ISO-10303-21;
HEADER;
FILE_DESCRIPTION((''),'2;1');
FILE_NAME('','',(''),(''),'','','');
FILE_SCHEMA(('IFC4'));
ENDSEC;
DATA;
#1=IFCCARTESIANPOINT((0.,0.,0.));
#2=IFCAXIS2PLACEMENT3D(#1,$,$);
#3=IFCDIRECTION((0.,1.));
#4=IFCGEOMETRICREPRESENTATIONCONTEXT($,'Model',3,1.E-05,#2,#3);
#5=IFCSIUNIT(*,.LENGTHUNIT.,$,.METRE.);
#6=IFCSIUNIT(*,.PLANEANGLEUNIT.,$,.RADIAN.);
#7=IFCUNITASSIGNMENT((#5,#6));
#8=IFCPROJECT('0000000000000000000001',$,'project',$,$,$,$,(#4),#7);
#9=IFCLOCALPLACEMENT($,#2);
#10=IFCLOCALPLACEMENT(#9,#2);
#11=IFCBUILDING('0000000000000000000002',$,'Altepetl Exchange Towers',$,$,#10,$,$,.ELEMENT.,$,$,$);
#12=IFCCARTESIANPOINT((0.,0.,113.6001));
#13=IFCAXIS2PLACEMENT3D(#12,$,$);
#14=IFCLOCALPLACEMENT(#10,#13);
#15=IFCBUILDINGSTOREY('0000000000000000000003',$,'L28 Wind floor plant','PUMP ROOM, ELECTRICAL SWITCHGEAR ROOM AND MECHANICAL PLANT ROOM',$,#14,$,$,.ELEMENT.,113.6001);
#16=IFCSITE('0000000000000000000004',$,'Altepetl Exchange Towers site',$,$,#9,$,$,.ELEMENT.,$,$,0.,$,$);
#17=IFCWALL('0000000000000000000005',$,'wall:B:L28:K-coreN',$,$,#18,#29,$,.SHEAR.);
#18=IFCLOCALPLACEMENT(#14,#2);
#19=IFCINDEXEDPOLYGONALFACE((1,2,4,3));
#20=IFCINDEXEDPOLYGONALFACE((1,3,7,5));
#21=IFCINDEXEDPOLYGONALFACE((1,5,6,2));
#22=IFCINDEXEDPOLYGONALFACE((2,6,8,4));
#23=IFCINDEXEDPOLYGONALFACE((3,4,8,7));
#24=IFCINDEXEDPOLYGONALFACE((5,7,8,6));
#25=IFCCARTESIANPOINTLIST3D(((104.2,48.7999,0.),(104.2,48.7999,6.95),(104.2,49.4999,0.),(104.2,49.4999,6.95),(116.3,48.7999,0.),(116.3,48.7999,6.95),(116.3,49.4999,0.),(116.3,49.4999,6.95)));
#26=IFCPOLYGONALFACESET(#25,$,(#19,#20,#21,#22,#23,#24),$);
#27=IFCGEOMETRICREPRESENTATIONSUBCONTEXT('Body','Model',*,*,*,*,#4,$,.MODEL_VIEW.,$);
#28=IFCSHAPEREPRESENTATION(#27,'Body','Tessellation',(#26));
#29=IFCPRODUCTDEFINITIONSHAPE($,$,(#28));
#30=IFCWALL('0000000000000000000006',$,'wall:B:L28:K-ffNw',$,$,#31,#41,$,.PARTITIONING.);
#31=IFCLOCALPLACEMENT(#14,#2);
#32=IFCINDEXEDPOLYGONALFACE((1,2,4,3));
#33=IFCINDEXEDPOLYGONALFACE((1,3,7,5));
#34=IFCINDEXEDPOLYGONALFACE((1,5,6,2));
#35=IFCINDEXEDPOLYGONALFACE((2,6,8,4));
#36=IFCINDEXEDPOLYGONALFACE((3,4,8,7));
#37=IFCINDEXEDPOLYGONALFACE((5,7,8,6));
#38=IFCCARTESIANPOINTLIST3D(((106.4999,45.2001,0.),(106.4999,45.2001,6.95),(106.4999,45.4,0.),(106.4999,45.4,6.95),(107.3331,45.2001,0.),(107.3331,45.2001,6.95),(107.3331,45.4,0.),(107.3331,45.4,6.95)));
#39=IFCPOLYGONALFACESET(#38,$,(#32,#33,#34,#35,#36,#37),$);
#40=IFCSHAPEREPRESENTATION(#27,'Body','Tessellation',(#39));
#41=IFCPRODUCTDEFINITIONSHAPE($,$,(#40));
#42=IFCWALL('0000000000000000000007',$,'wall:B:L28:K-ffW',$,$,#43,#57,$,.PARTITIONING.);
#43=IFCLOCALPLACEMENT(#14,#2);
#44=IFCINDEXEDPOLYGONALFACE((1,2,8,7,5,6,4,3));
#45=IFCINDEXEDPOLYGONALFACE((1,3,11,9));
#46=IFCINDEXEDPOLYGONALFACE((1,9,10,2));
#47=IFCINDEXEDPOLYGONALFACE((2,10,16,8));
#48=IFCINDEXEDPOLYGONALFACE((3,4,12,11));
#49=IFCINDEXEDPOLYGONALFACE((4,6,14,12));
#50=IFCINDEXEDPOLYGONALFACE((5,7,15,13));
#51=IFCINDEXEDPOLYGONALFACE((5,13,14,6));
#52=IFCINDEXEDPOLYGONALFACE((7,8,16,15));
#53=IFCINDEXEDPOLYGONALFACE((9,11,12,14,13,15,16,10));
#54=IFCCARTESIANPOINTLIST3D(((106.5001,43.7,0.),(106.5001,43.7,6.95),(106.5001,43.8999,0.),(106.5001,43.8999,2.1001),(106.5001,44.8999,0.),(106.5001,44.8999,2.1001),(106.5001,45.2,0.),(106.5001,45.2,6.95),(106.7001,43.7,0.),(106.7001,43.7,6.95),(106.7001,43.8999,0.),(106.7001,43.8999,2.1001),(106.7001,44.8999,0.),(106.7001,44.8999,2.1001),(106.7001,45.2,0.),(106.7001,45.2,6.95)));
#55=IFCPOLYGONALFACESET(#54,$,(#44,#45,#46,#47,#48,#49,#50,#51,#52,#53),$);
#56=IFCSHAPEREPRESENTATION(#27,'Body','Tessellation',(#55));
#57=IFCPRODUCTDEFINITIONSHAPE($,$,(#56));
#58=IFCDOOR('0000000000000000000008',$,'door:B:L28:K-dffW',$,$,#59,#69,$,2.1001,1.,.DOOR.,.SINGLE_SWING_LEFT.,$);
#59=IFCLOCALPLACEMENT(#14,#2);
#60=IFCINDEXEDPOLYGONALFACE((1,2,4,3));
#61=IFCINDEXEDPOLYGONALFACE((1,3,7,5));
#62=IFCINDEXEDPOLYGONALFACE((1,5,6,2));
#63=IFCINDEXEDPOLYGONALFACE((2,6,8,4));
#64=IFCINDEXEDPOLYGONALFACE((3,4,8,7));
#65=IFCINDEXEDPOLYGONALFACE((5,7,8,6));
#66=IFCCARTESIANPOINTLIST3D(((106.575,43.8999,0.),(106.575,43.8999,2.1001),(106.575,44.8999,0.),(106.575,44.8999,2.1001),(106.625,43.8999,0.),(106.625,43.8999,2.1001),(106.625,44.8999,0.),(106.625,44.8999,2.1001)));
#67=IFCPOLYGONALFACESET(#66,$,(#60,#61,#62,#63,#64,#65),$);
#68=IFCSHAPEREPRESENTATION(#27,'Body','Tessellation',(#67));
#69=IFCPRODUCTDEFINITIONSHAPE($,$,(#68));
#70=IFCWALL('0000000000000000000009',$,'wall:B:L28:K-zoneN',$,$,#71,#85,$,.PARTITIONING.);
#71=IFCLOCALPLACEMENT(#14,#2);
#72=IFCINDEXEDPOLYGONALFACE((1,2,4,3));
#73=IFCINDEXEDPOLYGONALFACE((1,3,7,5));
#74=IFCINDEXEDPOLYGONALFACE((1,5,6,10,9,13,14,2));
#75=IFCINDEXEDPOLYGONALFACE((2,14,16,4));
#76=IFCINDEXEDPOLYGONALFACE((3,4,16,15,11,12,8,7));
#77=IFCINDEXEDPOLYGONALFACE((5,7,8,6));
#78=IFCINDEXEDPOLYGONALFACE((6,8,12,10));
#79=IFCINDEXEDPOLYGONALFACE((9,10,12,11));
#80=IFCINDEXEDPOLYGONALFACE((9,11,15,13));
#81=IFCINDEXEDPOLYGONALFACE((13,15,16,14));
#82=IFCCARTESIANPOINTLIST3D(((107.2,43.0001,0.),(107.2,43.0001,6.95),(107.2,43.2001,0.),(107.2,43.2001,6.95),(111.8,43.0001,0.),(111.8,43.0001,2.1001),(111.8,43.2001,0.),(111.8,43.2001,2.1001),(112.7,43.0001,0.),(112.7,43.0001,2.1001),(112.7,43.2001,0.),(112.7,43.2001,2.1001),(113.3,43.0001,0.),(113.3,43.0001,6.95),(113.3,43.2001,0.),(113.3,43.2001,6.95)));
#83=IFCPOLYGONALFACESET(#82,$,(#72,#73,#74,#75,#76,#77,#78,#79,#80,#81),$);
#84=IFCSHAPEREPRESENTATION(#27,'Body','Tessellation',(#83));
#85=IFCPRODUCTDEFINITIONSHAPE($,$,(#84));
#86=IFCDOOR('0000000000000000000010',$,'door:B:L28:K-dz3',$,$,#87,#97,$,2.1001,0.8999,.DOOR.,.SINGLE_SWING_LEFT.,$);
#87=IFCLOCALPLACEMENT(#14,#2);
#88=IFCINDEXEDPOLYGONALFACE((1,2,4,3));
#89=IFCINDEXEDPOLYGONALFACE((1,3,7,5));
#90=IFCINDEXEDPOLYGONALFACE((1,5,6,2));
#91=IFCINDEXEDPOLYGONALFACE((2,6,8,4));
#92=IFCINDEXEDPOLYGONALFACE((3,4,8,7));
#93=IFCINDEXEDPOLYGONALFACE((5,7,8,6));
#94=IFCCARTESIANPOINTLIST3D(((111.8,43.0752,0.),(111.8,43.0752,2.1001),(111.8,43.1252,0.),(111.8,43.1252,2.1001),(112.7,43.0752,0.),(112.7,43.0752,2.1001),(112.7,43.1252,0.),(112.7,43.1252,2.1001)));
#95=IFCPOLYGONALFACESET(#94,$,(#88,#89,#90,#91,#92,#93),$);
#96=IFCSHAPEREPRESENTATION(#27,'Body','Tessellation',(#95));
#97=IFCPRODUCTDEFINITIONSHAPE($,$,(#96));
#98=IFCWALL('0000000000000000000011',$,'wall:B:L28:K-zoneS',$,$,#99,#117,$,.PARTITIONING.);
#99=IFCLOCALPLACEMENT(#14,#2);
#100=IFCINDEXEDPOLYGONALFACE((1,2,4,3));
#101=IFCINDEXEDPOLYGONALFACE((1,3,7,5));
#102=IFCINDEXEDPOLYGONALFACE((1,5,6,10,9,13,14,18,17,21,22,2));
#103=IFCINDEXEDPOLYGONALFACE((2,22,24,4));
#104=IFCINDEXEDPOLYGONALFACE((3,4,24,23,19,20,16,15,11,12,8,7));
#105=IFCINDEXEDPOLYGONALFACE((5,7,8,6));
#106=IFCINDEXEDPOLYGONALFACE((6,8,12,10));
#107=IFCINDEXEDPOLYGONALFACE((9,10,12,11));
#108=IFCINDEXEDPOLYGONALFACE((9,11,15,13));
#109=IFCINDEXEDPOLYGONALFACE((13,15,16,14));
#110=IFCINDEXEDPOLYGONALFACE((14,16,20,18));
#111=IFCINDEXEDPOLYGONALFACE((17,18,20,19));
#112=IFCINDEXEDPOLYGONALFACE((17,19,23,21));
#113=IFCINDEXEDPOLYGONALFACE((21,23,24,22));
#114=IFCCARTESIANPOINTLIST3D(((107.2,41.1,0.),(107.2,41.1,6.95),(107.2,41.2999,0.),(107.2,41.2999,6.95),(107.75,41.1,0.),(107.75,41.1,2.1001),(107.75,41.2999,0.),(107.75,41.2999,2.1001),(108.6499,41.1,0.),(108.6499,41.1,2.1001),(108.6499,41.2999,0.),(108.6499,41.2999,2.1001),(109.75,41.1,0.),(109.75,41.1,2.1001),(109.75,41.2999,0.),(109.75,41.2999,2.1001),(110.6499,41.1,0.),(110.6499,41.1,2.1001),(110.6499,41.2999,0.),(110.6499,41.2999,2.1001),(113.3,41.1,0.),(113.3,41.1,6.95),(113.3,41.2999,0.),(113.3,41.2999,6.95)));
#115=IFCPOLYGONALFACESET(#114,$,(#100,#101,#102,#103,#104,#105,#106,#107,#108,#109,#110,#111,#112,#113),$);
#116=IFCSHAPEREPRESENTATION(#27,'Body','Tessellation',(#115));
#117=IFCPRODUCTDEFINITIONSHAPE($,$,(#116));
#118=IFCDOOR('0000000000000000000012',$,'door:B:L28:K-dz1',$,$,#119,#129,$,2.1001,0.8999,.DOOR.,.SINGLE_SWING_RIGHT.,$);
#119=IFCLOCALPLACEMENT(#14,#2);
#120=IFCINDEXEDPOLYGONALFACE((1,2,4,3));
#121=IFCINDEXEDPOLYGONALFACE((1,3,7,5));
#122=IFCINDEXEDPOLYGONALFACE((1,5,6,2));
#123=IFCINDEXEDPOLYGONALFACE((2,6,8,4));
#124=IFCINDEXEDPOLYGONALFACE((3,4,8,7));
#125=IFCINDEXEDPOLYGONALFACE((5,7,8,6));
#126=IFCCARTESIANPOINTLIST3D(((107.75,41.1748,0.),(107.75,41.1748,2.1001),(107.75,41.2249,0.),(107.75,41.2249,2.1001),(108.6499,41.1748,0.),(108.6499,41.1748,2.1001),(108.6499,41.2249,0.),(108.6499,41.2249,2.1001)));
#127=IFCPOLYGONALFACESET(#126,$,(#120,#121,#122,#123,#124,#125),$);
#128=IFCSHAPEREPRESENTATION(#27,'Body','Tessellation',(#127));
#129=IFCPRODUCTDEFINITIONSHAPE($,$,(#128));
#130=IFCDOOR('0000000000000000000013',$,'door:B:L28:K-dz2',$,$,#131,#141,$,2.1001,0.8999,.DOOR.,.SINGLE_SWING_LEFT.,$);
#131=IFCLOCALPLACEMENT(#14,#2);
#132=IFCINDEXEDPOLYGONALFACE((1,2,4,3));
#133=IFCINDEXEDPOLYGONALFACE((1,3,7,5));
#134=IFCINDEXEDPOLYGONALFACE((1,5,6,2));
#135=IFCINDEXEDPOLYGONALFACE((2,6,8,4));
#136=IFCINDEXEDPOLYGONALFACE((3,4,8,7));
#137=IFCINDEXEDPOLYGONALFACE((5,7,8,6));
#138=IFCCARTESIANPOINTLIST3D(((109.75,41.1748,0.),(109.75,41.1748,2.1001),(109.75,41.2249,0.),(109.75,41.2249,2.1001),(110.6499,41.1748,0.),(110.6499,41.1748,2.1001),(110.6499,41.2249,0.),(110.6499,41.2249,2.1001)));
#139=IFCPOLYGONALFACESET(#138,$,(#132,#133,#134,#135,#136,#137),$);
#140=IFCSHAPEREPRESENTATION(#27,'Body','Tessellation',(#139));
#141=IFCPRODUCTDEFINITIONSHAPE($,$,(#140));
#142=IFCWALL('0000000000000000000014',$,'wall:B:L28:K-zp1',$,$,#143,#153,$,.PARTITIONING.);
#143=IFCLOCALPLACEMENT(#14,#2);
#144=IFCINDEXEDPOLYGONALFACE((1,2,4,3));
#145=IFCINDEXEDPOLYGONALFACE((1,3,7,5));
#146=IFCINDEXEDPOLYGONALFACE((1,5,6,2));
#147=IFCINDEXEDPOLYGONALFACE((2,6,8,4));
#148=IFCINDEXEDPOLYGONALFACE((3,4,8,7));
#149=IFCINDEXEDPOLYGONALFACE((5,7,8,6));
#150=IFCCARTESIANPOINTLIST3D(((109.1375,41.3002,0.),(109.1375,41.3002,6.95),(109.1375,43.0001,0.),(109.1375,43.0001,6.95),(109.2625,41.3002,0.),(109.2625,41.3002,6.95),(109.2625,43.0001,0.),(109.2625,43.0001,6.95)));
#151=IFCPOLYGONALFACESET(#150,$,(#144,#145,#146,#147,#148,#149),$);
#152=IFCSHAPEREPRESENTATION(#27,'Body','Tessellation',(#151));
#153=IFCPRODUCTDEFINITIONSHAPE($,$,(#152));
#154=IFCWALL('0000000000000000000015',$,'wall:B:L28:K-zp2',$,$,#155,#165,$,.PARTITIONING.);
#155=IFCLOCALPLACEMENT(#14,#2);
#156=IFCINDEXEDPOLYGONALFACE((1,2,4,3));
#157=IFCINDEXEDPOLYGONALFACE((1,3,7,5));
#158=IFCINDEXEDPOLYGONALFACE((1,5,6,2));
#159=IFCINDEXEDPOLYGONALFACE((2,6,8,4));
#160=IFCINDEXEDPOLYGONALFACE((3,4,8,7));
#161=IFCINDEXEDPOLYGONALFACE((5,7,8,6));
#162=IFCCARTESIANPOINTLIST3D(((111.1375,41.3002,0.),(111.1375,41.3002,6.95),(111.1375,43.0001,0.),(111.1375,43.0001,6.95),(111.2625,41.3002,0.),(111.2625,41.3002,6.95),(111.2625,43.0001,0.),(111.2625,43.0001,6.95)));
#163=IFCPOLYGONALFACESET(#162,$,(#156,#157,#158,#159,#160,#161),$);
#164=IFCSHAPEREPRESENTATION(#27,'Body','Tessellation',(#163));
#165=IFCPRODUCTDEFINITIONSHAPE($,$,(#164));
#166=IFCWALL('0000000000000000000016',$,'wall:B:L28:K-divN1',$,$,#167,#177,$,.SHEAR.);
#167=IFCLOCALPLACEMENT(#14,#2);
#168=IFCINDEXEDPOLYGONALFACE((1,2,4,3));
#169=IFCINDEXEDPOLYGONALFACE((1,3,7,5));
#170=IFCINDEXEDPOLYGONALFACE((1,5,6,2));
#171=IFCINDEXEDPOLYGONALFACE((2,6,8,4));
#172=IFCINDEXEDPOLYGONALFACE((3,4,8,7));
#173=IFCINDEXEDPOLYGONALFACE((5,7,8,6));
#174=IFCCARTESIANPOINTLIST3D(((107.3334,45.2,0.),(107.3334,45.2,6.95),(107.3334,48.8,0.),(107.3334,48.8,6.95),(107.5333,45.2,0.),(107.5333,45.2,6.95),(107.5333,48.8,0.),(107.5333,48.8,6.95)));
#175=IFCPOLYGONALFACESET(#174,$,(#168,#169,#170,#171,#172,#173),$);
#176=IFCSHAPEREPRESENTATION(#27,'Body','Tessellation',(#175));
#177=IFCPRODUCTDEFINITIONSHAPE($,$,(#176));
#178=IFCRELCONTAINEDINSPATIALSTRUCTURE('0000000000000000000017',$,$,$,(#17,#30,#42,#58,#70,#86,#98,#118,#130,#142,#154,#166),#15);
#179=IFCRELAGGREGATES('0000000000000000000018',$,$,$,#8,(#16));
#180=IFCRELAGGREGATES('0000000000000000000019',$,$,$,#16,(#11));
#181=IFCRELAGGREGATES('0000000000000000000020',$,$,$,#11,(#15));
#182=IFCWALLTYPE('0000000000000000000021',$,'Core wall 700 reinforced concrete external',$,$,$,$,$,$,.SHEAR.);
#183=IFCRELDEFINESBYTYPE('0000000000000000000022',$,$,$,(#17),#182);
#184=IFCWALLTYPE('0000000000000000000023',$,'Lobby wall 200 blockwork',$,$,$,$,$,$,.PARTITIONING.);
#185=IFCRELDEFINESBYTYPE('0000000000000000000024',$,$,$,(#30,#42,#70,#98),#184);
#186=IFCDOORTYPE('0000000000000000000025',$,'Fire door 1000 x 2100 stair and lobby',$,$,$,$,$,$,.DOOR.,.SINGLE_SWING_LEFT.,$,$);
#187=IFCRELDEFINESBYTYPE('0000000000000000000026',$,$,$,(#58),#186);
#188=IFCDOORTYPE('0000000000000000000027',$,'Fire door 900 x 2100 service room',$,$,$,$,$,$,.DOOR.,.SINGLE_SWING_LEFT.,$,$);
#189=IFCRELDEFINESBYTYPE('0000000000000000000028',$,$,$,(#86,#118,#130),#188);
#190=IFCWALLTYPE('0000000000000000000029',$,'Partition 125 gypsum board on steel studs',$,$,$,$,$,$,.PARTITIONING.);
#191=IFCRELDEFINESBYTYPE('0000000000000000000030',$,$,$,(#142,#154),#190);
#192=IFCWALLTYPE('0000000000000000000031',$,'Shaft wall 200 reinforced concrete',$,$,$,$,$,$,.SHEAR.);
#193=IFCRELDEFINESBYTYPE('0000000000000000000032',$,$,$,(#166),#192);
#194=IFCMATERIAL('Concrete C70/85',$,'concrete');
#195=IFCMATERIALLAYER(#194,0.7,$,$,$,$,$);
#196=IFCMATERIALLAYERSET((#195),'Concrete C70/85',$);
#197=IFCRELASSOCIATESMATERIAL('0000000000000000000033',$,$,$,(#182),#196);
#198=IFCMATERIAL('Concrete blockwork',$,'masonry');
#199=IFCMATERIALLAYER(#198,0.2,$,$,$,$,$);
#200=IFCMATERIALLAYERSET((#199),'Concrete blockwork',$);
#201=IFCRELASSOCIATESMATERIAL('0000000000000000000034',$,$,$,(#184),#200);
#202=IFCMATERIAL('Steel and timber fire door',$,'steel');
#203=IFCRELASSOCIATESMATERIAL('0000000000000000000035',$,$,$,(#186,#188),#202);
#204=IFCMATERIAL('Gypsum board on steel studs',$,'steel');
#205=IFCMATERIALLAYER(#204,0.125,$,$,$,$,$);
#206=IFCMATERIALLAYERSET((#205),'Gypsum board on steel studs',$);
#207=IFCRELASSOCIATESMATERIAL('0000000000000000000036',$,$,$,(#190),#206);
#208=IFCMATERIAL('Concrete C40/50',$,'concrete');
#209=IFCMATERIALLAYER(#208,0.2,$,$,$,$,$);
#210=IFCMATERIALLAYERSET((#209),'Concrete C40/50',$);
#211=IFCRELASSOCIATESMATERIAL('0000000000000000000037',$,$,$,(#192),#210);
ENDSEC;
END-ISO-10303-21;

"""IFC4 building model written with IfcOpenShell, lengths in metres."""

from ifc_helpers import new_model, si_unit, direction, frame, frame_2d, origin, place, context, subcontext, project, spatial, rectangle, extrude, material, layer, layer_set, type_object, element, fill, save


model = new_model("IFC4")

# Units and contexts
model_context = context("Model", 3, precision=1e-05, world=origin(), true_north=direction((0.0, 1.0)))
body_context = subcontext(model_context, "Body", "Model", "MODEL_VIEW")
ifc_project = project(units=[si_unit("LENGTHUNIT", "METRE"), si_unit("PLANEANGLEUNIT", "RADIAN")], contexts=[model_context])

# Site, building, storey
site_placement = place(None, origin())
site = spatial("IfcSite", under=ifc_project, at=site_placement, Name="Altepetl Exchange Towers site", CompositionType="ELEMENT", RefElevation=0.0)
building_placement = place(site_placement, origin())
building = spatial("IfcBuilding", under=site, at=building_placement, Name="Altepetl Exchange Towers", CompositionType="ELEMENT")
storey_placement = place(building_placement, frame((0.0, 0.0, 113.6001)))
storey = spatial("IfcBuildingStorey", under=building, at=storey_placement, Name="L28 Wind floor plant", Description="PUMP ROOM, ELECTRICAL SWITCHGEAR ROOM AND MECHANICAL PLANT ROOM", CompositionType="ELEMENT", Elevation=113.6001)

# Walls
ifc_material_1 = material(Name="Concrete C70/85", Category="concrete")
ifc_layer_1 = layer(ifc_material_1, 0.7)
ifc_layer_set_1 = layer_set([ifc_layer_1], Name="Concrete C70/85")
wall_type_1 = type_object("IfcWallType", Name="Core wall 700 reinforced concrete external", PredefinedType="SHEAR", material=ifc_layer_set_1)
wall_1_placement = place(storey_placement, frame((104.2, 49.1499, 0.0)))
element("IfcWall", 1, at=wall_1_placement, inside=storey, type_object=wall_type_1, Name="wall:B:L28:K-coreN", PredefinedType="SHEAR", context=body_context, shape_type="SweptSolid", body=[
    extrude(rectangle(XDim=12.1001, YDim=0.7, at=frame_2d((6.05, 0.0))), origin(), (0.0, 0.0, 1.0), 6.95),
])
ifc_material_2 = material(Name="Concrete blockwork", Category="masonry")
ifc_layer_2 = layer(ifc_material_2, 0.2)
ifc_layer_set_2 = layer_set([ifc_layer_2], Name="Concrete blockwork")
wall_type_2 = type_object("IfcWallType", Name="Lobby wall 200 blockwork", PredefinedType="PARTITIONING", material=ifc_layer_set_2)
wall_2_placement = place(storey_placement, frame((106.5, 45.3, 0.0)))
element("IfcWall", 2, at=wall_2_placement, inside=storey, type_object=wall_type_2, Name="wall:B:L28:K-ffNw", PredefinedType="PARTITIONING", context=body_context, shape_type="SweptSolid", body=[
    extrude(rectangle(XDim=0.8333, YDim=0.2, at=frame_2d((0.4165, 0.0))), origin(), (0.0, 0.0, 1.0), 6.95),
])

# Walls, openings, doors
wall_3_placement = place(storey_placement, frame((106.6001, 43.7, 0.0), z_axis=(0.0, 0.0, 1.0), x_axis=(0.0, 1.0, 0.0)))
wall_3 = element("IfcWall", 3, at=wall_3_placement, inside=storey, type_object=wall_type_2, Name="wall:B:L28:K-ffW", PredefinedType="PARTITIONING", context=body_context, shape_type="SweptSolid", body=[
    extrude(rectangle(XDim=1.5, YDim=0.2, at=frame_2d((0.75, 0.0))), origin(), (0.0, 0.0, 1.0), 6.95),
])
opening_1_placement = place(wall_3_placement, frame((0.2, 0.0, 0.0)))
opening_1 = element("IfcOpeningElement", 4, at=opening_1_placement, cuts=wall_3, PredefinedType="OPENING", context=body_context, shape_type="SweptSolid", body=[
    extrude(rectangle(XDim=1.0, YDim=2.1001, at=frame_2d((0.5, 1.05))), frame((0.0, 0.1099, 0.0), z_axis=(0.0, -1.0, 0.0), x_axis=(1.0, 0.0, 0.0)), (0.0, 0.0, 1.0), 0.22),
])
ifc_material_3 = material(Name="Steel and timber fire door", Category="steel")
door_type_1 = type_object("IfcDoorType", Name="Fire door 1000 x 2100 stair and lobby", OperationType="SINGLE_SWING_LEFT", PredefinedType="DOOR", material=ifc_material_3)
door_1_placement = place(opening_1_placement, frame((1.0, 0.0, 0.0), x_axis=(-1.0, 0.0, 0.0)))
door_1 = element("IfcDoor", 5, at=door_1_placement, inside=storey, type_object=door_type_1, Name="door:B:L28:K-dffW", OperationType="SINGLE_SWING_LEFT", OverallHeight=2.1001, OverallWidth=1.0, PredefinedType="DOOR", context=body_context, shape_type="SweptSolid", body=[
    extrude(rectangle(XDim=1.0, YDim=2.1001, at=frame_2d((0.5, 1.05))), frame((0.0, 0.0249, 0.0), z_axis=(0.0, -1.0, 0.0), x_axis=(1.0, 0.0, 0.0)), (0.0, 0.0, 1.0), 0.05),
])
fill(opening_1, door_1)
wall_4_placement = place(storey_placement, frame((107.2, 43.1001, 0.0)))
wall_4 = element("IfcWall", 6, at=wall_4_placement, inside=storey, type_object=wall_type_2, Name="wall:B:L28:K-zoneN", PredefinedType="PARTITIONING", context=body_context, shape_type="SweptSolid", body=[
    extrude(rectangle(XDim=6.1001, YDim=0.2, at=frame_2d((3.05, 0.0))), origin(), (0.0, 0.0, 1.0), 6.95),
])
opening_2_placement = place(wall_4_placement, frame((4.6001, 0.0, 0.0)))
opening_2 = element("IfcOpeningElement", 7, at=opening_2_placement, cuts=wall_4, PredefinedType="OPENING", context=body_context, shape_type="SweptSolid", body=[
    extrude(rectangle(XDim=0.8999, YDim=2.1001, at=frame_2d((0.45, 1.05))), frame((0.0, 0.1099, 0.0), z_axis=(0.0, -1.0, 0.0), x_axis=(1.0, 0.0, 0.0)), (0.0, 0.0, 1.0), 0.22),
])
door_type_2 = type_object("IfcDoorType", Name="Fire door 900 x 2100 service room", OperationType="SINGLE_SWING_LEFT", PredefinedType="DOOR", material=ifc_material_3)
door_2_placement = place(opening_2_placement, frame((0.8999, 0.0, 0.0), x_axis=(-1.0, 0.0, 0.0)))
door_2 = element("IfcDoor", 8, at=door_2_placement, inside=storey, type_object=door_type_2, Name="door:B:L28:K-dz3", OperationType="SINGLE_SWING_LEFT", OverallHeight=2.1001, OverallWidth=0.8999, PredefinedType="DOOR", context=body_context, shape_type="SweptSolid", body=[
    extrude(rectangle(XDim=0.8999, YDim=2.1001, at=frame_2d((0.45, 1.05))), frame((0.0, 0.0249, 0.0), z_axis=(0.0, -1.0, 0.0), x_axis=(1.0, 0.0, 0.0)), (0.0, 0.0, 1.0), 0.05),
])
fill(opening_2, door_2)

# Wall, openings, doors
wall_5_placement = place(storey_placement, frame((107.2, 41.2, 0.0)))
wall_5 = element("IfcWall", 9, at=wall_5_placement, inside=storey, type_object=wall_type_2, Name="wall:B:L28:K-zoneS", PredefinedType="PARTITIONING", context=body_context, shape_type="SweptSolid", body=[
    extrude(rectangle(XDim=6.1001, YDim=0.2, at=frame_2d((3.05, 0.0))), origin(), (0.0, 0.0, 1.0), 6.95),
])
opening_3_placement = place(wall_5_placement, frame((0.55, 0.0, 0.0)))
opening_3 = element("IfcOpeningElement", 10, at=opening_3_placement, cuts=wall_5, PredefinedType="OPENING", context=body_context, shape_type="SweptSolid", body=[
    extrude(rectangle(XDim=0.8999, YDim=2.1001, at=frame_2d((0.45, 1.05))), frame((0.0, 0.1099, 0.0), z_axis=(0.0, -1.0, 0.0), x_axis=(1.0, 0.0, 0.0)), (0.0, 0.0, 1.0), 0.22),
])
opening_4_placement = place(wall_5_placement, frame((2.55, 0.0, 0.0)))
opening_4 = element("IfcOpeningElement", 11, at=opening_4_placement, cuts=wall_5, PredefinedType="OPENING", context=body_context, shape_type="SweptSolid", body=[
    extrude(rectangle(XDim=0.8999, YDim=2.1001, at=frame_2d((0.45, 1.05))), frame((0.0, 0.1099, 0.0), z_axis=(0.0, -1.0, 0.0), x_axis=(1.0, 0.0, 0.0)), (0.0, 0.0, 1.0), 0.22),
])
door_3_placement = place(opening_3_placement, origin())
door_3 = element("IfcDoor", 12, at=door_3_placement, inside=storey, type_object=door_type_2, Name="door:B:L28:K-dz1", OperationType="SINGLE_SWING_RIGHT", OverallHeight=2.1001, OverallWidth=0.8999, PredefinedType="DOOR", context=body_context, shape_type="SweptSolid", body=[
    extrude(rectangle(XDim=0.8999, YDim=2.1001, at=frame_2d((0.45, 1.05))), frame((0.0, 0.0249, 0.0), z_axis=(0.0, -1.0, 0.0), x_axis=(1.0, 0.0, 0.0)), (0.0, 0.0, 1.0), 0.05),
])
fill(opening_3, door_3)
door_4_placement = place(opening_4_placement, origin())
door_4 = element("IfcDoor", 13, at=door_4_placement, inside=storey, type_object=door_type_2, Name="door:B:L28:K-dz2", OperationType="SINGLE_SWING_LEFT", OverallHeight=2.1001, OverallWidth=0.8999, PredefinedType="DOOR", context=body_context, shape_type="SweptSolid", body=[
    extrude(rectangle(XDim=0.8999, YDim=2.1001, at=frame_2d((0.45, 1.05))), frame((0.0, 0.0249, 0.0), z_axis=(0.0, -1.0, 0.0), x_axis=(1.0, 0.0, 0.0)), (0.0, 0.0, 1.0), 0.05),
])
fill(opening_4, door_4)

# Walls
ifc_material_4 = material(Name="Gypsum board on steel studs", Category="steel")
ifc_layer_3 = layer(ifc_material_4, 0.125)
ifc_layer_set_3 = layer_set([ifc_layer_3], Name="Gypsum board on steel studs")
wall_type_3 = type_object("IfcWallType", Name="Partition 125 gypsum board on steel studs", PredefinedType="PARTITIONING", material=ifc_layer_set_3)
for number, where, z_axis, x_axis, name in (
    (14, (109.2, 41.3, 0.0), (0.0, 0.0, 1.0), (0.0, 1.0, 0.0), "wall:B:L28:K-zp1"),
    (15, (111.2, 41.3, 0.0), (0.0, 0.0, 1.0), (0.0, 1.0, 0.0), "wall:B:L28:K-zp2"),
):
    element("IfcWall", number, at=place(storey_placement, frame(where, z_axis=z_axis, x_axis=x_axis)), inside=storey, type_object=wall_type_3, Name=name, PredefinedType="PARTITIONING", context=body_context, shape_type="SweptSolid", body=[
        extrude(rectangle(XDim=1.7, YDim=0.125, at=frame_2d((0.8501, 0.0))), origin(), (0.0, 0.0, 1.0), 6.95),
    ])
ifc_material_5 = material(Name="Concrete C40/50", Category="concrete")
ifc_layer_4 = layer(ifc_material_5, 0.2)
ifc_layer_set_4 = layer_set([ifc_layer_4], Name="Concrete C40/50")
wall_type_4 = type_object("IfcWallType", Name="Shaft wall 200 reinforced concrete", PredefinedType="SHEAR", material=ifc_layer_set_4)
wall_6_placement = place(storey_placement, frame((107.4333, 48.8, 0.0), z_axis=(0.0, 0.0, 1.0), x_axis=(0.0, -1.0, 0.0)))
element("IfcWall", 16, at=wall_6_placement, inside=storey, type_object=wall_type_4, Name="wall:B:L28:K-divN1", PredefinedType="SHEAR", context=body_context, shape_type="SweptSolid", body=[
    extrude(rectangle(XDim=3.6001, YDim=0.2, at=frame_2d((1.8, 0.0))), origin(), (0.0, 0.0, 1.0), 6.95),
])

save(model, "model.ifc")
